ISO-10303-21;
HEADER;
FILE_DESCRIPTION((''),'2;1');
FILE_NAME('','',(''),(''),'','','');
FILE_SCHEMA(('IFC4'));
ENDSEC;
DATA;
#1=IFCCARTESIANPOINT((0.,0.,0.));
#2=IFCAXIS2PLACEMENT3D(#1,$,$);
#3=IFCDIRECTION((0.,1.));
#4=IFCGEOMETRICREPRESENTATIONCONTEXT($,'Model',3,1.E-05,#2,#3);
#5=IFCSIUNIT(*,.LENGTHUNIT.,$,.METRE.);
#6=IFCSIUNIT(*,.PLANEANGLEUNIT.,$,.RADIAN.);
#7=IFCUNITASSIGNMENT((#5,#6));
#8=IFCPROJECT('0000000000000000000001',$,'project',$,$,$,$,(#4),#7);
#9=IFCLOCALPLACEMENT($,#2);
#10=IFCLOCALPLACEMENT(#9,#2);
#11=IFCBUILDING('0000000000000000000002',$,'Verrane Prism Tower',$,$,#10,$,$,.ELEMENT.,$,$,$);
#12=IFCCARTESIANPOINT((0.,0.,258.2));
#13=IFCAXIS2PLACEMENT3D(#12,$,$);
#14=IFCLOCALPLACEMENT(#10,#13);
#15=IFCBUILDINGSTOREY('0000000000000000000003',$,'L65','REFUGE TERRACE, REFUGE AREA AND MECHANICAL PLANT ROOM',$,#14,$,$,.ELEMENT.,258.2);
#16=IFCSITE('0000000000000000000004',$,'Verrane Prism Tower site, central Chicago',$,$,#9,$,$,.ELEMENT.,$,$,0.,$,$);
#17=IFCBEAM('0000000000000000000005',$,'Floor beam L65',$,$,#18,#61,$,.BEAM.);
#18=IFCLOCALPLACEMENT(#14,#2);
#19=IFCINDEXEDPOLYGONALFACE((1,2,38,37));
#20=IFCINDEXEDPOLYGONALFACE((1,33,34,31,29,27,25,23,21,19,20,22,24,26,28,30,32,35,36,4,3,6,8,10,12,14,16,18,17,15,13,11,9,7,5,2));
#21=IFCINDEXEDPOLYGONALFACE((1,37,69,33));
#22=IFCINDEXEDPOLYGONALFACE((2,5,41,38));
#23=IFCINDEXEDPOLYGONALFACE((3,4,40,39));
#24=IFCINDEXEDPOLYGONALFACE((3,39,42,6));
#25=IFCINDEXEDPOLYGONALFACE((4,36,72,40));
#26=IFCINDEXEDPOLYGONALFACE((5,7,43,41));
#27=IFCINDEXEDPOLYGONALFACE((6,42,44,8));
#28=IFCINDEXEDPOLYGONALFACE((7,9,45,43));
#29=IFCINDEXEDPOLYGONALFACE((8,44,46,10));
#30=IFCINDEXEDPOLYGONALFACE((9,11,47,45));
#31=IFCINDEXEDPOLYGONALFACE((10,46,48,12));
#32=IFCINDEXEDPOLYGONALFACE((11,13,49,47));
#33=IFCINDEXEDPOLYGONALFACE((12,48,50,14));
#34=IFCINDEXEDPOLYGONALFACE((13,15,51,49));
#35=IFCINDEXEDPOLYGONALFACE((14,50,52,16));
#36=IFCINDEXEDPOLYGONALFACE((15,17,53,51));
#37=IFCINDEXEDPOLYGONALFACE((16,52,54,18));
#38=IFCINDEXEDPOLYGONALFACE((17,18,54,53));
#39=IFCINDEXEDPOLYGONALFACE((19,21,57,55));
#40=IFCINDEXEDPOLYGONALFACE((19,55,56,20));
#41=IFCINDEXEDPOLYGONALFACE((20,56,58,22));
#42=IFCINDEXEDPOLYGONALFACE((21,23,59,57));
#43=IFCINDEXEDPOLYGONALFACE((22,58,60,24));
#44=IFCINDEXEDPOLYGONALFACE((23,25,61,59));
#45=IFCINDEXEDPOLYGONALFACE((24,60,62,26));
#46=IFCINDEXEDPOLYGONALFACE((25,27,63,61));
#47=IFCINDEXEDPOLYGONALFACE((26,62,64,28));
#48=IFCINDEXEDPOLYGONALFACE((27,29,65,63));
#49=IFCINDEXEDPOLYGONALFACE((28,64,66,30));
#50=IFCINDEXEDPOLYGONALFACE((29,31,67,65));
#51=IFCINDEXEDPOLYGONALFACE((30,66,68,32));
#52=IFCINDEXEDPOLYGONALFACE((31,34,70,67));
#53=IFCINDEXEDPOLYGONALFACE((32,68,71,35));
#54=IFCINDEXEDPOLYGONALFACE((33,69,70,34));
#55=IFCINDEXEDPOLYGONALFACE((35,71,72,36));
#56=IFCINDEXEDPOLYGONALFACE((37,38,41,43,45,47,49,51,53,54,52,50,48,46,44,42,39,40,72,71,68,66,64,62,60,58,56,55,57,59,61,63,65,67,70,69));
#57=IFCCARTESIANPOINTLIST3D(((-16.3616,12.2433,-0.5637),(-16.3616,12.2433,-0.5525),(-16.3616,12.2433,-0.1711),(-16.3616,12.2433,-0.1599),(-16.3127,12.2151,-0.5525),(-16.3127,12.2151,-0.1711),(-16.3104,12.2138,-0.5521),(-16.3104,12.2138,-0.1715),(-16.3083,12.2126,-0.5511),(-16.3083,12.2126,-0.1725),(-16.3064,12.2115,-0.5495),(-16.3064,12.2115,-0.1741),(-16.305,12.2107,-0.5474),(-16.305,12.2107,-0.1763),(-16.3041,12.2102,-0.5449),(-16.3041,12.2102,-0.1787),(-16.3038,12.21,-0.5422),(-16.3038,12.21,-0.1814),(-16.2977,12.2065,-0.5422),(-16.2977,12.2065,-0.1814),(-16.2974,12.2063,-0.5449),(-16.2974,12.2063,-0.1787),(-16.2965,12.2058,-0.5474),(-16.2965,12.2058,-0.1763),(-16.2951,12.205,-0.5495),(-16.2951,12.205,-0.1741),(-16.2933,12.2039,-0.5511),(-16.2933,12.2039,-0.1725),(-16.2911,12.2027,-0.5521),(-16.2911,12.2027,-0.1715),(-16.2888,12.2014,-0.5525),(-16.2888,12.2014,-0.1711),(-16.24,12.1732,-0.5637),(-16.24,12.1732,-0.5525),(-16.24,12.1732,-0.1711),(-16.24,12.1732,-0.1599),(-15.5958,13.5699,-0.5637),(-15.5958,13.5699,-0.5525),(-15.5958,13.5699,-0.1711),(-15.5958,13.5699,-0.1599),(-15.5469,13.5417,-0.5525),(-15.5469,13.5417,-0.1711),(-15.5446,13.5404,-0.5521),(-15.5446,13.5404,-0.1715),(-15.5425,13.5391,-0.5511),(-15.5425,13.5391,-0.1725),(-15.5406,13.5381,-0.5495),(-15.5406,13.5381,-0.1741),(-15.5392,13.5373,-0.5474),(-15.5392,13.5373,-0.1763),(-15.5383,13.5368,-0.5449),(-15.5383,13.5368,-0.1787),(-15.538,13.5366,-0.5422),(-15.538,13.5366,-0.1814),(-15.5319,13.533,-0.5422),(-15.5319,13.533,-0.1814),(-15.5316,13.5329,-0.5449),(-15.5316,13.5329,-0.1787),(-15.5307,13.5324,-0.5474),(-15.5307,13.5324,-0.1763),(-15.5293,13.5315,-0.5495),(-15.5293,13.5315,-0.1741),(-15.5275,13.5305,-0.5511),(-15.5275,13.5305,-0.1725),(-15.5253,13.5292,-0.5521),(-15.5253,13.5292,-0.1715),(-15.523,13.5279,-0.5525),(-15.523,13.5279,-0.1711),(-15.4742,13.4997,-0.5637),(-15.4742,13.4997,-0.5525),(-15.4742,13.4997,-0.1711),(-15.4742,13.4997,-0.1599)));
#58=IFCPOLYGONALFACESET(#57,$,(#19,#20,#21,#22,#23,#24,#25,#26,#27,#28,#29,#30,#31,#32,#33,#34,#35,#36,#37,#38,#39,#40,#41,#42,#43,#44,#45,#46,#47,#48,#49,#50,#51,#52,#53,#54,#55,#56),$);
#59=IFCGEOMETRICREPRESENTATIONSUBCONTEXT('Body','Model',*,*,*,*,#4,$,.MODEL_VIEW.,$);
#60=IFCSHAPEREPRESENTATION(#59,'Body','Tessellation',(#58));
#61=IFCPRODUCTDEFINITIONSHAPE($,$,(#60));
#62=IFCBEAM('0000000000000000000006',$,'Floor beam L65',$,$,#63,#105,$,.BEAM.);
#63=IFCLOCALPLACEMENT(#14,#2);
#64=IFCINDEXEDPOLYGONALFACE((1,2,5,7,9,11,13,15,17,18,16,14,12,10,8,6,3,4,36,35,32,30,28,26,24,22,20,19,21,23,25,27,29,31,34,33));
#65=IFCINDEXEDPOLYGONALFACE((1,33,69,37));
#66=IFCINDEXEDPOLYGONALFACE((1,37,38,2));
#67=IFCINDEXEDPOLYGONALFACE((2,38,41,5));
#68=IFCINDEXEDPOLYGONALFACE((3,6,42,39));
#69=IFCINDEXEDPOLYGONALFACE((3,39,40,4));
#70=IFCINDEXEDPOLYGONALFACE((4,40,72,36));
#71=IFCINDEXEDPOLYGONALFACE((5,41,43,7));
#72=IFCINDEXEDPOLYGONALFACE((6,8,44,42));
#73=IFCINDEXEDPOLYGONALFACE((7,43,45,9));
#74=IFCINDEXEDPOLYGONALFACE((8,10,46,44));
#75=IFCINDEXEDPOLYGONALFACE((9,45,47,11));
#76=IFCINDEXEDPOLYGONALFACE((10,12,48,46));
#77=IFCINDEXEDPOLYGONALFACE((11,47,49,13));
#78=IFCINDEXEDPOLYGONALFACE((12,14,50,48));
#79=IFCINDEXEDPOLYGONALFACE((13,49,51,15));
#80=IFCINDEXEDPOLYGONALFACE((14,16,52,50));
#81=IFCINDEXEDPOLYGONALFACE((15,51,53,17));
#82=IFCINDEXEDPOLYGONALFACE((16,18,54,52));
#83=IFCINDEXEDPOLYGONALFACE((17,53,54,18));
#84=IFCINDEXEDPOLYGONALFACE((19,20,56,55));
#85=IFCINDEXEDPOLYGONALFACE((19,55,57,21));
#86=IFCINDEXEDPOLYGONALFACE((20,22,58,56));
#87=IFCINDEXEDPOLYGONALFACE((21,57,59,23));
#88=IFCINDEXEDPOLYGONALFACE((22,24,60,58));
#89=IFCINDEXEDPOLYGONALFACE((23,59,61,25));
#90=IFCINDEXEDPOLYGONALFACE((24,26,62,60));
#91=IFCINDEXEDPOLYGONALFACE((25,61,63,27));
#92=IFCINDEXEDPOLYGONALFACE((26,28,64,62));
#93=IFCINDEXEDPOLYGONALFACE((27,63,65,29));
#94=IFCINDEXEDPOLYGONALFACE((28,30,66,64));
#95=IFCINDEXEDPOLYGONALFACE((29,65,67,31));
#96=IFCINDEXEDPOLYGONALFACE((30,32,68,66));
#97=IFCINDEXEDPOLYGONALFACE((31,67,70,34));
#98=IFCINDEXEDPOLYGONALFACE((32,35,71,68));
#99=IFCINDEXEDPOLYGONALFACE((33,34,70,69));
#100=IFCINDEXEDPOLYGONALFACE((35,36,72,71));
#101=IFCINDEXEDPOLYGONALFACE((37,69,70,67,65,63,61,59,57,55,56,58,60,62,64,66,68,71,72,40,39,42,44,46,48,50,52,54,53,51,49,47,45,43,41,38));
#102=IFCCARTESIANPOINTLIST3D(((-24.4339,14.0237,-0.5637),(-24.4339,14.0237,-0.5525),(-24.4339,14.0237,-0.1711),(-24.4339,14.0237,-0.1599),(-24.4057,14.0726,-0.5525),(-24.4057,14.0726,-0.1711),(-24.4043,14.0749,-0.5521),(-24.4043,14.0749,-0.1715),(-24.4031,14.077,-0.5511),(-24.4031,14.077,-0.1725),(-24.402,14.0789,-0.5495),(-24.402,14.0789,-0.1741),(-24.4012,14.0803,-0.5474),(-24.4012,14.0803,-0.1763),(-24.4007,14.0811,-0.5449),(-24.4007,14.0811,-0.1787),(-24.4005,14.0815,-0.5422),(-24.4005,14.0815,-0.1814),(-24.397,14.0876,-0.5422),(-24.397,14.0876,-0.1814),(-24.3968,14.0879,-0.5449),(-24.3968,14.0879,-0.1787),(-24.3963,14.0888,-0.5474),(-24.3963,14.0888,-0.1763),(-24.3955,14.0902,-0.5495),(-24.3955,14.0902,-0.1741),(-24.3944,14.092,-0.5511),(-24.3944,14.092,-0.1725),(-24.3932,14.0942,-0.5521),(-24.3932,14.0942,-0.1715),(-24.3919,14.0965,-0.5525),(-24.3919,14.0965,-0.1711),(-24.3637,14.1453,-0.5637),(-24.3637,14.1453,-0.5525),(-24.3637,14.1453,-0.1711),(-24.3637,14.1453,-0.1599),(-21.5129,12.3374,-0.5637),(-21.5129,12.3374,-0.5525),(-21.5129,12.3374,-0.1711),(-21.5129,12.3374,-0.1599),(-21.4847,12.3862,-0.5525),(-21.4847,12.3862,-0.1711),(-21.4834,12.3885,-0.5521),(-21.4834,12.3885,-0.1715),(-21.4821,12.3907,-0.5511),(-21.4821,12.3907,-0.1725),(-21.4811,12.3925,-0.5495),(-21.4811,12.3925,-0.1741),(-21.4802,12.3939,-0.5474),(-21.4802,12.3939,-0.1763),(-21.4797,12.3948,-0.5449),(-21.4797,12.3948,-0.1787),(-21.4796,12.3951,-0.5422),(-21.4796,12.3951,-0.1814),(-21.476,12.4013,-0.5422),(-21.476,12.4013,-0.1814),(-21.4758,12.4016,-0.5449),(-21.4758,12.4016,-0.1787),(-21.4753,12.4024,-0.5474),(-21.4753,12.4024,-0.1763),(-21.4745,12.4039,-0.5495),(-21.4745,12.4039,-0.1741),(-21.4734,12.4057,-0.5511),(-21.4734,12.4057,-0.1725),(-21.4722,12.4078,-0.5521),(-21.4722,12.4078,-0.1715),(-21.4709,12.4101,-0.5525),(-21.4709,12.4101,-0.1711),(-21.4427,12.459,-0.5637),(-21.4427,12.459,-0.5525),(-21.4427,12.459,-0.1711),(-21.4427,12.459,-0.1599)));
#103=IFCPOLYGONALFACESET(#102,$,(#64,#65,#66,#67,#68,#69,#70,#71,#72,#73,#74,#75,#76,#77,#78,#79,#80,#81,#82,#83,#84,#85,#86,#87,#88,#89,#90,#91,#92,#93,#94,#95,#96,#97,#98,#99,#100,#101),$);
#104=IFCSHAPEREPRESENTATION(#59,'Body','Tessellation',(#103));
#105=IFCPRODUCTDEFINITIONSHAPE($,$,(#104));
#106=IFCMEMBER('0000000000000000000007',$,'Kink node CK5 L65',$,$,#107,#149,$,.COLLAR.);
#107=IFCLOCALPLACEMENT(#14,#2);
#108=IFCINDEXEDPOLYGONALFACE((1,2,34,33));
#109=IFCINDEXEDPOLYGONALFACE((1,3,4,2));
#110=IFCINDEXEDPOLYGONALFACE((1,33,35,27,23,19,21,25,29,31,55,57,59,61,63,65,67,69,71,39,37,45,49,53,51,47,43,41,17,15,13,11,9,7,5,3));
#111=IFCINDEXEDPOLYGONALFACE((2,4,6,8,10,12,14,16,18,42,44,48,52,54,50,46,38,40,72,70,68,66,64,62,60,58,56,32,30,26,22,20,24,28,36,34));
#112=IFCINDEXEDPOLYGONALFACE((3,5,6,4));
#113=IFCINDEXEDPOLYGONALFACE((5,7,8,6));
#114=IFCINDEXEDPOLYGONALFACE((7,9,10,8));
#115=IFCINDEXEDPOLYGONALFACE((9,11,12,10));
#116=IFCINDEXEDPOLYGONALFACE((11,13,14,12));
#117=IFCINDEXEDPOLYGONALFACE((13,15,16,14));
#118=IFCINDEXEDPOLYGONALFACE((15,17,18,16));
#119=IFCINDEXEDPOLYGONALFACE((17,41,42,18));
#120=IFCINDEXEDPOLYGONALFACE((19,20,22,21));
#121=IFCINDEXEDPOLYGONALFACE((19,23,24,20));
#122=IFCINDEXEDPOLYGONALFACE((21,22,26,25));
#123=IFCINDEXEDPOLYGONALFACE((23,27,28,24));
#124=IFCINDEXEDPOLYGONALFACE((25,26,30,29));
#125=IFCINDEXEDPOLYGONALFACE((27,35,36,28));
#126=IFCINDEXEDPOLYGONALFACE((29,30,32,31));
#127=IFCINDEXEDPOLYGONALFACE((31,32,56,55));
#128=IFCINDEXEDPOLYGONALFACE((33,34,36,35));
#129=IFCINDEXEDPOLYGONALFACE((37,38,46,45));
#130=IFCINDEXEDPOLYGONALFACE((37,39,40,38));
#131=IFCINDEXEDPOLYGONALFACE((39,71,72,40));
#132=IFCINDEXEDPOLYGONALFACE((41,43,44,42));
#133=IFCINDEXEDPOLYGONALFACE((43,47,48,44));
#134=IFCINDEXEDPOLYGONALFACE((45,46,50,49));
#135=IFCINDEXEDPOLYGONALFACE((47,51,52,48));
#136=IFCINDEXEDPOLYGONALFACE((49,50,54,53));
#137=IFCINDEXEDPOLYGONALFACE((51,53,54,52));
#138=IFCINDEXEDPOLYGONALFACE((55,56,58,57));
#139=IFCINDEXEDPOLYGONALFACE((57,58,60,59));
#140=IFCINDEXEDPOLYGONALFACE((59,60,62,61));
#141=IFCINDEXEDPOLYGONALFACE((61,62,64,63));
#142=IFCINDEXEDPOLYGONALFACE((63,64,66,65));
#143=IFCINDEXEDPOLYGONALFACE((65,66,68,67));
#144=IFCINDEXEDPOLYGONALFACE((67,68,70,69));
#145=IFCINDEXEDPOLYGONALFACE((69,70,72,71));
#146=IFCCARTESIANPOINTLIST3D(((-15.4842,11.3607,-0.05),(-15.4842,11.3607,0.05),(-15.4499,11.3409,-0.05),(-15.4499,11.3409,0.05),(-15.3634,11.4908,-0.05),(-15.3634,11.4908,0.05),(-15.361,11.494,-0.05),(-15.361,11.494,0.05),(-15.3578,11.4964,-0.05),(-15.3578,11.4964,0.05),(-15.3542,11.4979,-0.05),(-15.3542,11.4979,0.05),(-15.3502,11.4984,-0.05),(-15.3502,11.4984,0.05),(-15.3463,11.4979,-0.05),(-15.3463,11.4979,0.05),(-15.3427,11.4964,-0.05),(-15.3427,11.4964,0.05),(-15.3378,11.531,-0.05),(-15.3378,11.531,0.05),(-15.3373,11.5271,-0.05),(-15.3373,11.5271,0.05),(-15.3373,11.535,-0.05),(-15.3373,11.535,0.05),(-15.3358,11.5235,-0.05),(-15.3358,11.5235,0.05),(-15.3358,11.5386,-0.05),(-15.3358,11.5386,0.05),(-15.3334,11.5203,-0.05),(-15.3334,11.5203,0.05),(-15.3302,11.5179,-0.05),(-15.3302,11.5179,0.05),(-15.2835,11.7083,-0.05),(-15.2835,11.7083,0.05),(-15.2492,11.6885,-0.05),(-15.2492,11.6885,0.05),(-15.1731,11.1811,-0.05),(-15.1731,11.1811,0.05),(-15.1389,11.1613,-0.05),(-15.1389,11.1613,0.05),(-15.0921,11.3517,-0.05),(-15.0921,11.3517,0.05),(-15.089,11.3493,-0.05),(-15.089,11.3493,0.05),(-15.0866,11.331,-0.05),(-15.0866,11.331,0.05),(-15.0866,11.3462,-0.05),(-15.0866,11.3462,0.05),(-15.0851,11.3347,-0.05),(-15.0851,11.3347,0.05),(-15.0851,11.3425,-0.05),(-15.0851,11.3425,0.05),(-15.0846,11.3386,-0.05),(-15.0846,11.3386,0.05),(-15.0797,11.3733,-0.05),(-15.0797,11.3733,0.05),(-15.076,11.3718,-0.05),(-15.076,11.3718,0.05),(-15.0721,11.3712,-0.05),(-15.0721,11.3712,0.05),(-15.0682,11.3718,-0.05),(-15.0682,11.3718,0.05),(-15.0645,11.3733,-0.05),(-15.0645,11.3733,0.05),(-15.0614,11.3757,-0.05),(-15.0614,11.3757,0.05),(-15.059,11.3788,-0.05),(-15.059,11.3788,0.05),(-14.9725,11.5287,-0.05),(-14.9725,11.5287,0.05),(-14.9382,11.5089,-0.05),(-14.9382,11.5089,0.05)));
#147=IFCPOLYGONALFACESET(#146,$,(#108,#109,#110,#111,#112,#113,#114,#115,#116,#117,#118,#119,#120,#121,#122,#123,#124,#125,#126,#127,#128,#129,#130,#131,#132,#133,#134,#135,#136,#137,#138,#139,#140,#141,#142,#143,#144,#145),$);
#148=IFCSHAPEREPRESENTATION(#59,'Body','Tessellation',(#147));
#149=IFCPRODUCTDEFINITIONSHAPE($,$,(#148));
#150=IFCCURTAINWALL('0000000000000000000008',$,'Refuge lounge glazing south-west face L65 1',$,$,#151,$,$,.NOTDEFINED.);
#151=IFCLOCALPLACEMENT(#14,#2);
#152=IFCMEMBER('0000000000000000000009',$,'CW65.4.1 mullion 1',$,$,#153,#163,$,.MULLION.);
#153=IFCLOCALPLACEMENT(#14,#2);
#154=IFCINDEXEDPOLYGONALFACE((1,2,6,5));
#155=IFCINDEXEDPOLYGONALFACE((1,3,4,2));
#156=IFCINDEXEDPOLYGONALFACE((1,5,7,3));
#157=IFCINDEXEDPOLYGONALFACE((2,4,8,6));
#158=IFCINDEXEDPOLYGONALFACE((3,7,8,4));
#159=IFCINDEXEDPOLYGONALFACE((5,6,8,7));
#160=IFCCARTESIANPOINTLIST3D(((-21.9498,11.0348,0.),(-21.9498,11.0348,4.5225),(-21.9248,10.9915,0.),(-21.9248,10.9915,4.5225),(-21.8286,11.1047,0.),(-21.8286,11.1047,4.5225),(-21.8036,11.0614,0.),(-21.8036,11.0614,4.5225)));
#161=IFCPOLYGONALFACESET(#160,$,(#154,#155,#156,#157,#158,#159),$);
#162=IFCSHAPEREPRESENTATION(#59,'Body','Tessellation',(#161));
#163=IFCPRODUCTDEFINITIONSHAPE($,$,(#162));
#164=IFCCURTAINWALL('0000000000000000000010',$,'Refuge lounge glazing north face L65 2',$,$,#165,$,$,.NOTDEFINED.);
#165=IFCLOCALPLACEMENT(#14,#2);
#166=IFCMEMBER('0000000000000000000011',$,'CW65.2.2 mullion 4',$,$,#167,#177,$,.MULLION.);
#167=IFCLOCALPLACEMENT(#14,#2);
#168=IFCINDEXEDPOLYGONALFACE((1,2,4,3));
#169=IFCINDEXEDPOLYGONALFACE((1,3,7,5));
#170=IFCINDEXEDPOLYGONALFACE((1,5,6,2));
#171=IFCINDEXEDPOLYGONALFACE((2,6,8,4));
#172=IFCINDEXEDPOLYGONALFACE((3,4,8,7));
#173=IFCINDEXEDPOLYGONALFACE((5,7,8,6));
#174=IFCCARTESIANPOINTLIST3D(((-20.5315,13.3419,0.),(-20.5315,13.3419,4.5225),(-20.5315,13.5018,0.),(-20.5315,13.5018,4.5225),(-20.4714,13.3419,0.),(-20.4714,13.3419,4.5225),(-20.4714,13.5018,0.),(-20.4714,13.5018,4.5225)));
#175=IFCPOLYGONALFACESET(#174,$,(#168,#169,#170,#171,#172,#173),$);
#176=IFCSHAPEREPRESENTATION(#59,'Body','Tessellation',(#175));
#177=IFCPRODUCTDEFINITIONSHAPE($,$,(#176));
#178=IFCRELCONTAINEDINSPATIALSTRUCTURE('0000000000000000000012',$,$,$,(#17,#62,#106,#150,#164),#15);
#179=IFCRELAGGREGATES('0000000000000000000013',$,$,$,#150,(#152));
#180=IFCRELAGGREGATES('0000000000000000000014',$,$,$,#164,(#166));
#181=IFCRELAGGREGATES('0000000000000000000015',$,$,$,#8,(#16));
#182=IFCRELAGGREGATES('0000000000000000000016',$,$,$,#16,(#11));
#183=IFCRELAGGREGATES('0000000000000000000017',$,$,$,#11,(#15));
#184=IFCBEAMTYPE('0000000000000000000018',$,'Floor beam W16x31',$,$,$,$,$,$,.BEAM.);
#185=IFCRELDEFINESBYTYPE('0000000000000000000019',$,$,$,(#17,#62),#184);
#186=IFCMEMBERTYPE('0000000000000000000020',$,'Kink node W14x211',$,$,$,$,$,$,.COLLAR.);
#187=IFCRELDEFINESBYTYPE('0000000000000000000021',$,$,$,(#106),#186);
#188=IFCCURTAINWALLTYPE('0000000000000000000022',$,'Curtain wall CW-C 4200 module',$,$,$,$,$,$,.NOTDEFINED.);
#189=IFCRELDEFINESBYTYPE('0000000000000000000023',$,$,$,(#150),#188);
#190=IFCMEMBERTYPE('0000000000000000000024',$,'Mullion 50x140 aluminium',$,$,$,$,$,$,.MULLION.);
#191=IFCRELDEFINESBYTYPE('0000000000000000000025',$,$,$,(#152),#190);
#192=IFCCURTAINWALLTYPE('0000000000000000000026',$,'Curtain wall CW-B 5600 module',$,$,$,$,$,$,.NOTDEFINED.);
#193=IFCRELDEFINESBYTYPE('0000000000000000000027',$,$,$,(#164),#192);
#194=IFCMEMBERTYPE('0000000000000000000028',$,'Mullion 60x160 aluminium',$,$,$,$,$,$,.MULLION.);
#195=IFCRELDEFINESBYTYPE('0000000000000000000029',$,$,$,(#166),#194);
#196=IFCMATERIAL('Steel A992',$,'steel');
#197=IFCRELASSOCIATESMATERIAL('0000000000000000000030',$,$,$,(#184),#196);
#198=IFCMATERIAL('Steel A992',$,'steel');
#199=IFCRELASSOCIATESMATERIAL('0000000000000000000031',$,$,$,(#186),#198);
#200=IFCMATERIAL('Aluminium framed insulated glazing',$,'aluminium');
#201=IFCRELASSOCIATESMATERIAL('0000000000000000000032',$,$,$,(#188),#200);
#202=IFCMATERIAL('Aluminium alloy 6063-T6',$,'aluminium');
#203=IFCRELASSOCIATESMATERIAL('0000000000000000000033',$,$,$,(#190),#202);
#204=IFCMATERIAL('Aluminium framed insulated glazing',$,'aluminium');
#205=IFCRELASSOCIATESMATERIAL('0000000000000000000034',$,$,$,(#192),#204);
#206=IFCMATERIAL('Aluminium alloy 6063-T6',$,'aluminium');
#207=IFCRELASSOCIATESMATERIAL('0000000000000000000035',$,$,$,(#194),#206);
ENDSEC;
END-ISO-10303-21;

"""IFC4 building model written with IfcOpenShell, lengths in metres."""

from ifc_helpers import new_model, si_unit, direction, frame, origin, origin_2d, place, context, subcontext, project, spatial, rectangle, i_section, extrude, material, material_profile, profile_set, type_object, element, aggregate, save


model = new_model("IFC4")

# Units and contexts
model_context = context("Model", 3, precision=1e-05, world=origin(), true_north=direction((0.0, 1.0)))
body_context = subcontext(model_context, "Body", "Model", "MODEL_VIEW")
ifc_project = project(units=[si_unit("LENGTHUNIT", "METRE"), si_unit("PLANEANGLEUNIT", "RADIAN")], contexts=[model_context])

# Site, building, storey
site_placement = place(None, origin())
site = spatial("IfcSite", under=ifc_project, at=site_placement, Name="Verrane Prism Tower site, central Chicago", CompositionType="ELEMENT", RefElevation=0.0)
building_placement = place(site_placement, origin())
building = spatial("IfcBuilding", under=site, at=building_placement, Name="Verrane Prism Tower", CompositionType="ELEMENT")
storey_placement = place(building_placement, frame((0.0, 0.0, 258.2)))
storey = spatial("IfcBuildingStorey", under=building, at=storey_placement, Name="L65", Description="REFUGE TERRACE, REFUGE AREA AND MECHANICAL PLANT ROOM", CompositionType="ELEMENT", Elevation=258.2)

# Beams
ifc_material_1 = material(Name="Steel A992", Category="steel")
ifc_material_profile_1 = material_profile(ifc_material_1, i_section(OverallWidth=0.1404, OverallDepth=0.4038, WebThickness=0.0071, FlangeThickness=0.0112, FilletRadius=0.0103, at=origin_2d()), Name="W16x31")
ifc_profile_set_1 = profile_set([ifc_material_profile_1], Name="Steel A992")
beam_type_1 = type_object("IfcBeamType", Name="Floor beam W16x31", PredefinedType="BEAM", material=ifc_profile_set_1)
beam_1_placement = place(storey_placement, frame((-16.3008, 12.2083, -0.3618), z_axis=(0.499962, 0.866048, 0.0), x_axis=(-0.866048, 0.499962, 0.0)))
element("IfcBeam", 1, at=beam_1_placement, inside=storey, type_object=beam_type_1, Name="Floor beam L65", PredefinedType="BEAM", context=body_context, shape_type="SweptSolid", body=[
    extrude(i_section(OverallWidth=0.1404, OverallDepth=0.4038, WebThickness=0.0071, FlangeThickness=0.0112, FilletRadius=0.0103, at=origin_2d()), origin(), (0.0, 0.0, 1.0), 1.5317),
])
beam_2_placement = place(storey_placement, frame((-21.4778, 12.3982, -0.3618), z_axis=(-0.866039, 0.499977, 0.0), x_axis=(-0.499977, -0.866039, 0.0)))
element("IfcBeam", 2, at=beam_2_placement, inside=storey, type_object=beam_type_1, Name="Floor beam L65", PredefinedType="BEAM", context=body_context, shape_type="SweptSolid", body=[
    extrude(i_section(OverallWidth=0.1404, OverallDepth=0.4038, WebThickness=0.0071, FlangeThickness=0.0112, FilletRadius=0.0103, at=origin_2d()), origin(), (0.0, 0.0, 1.0), 3.3728),
])

# Member
ifc_material_2 = material(Name="Steel A992", Category="steel")
ifc_material_profile_2 = material_profile(ifc_material_2, i_section(OverallWidth=0.4014, OverallDepth=0.3987, WebThickness=0.0249, FlangeThickness=0.0396, FilletRadius=0.0151, at=origin_2d()), Name="W14x211")
ifc_profile_set_2 = profile_set([ifc_material_profile_2], Name="Steel A992")
member_type_1 = type_object("IfcMemberType", Name="Kink node W14x211", PredefinedType="COLLAR", material=ifc_profile_set_2)
member_1_placement = place(storey_placement, frame((-15.2112, 11.4348, -0.05), z_axis=(0.0, 0.0, 1.0), x_axis=(0.5, 0.866025, 0.0)))
element("IfcMember", 3, at=member_1_placement, inside=storey, type_object=member_type_1, Name="Kink node CK5 L65", PredefinedType="COLLAR", context=body_context, shape_type="SweptSolid", body=[
    extrude(i_section(OverallWidth=0.4014, OverallDepth=0.3987, WebThickness=0.0249, FlangeThickness=0.0396, FilletRadius=0.0151, at=origin_2d()), origin(), (0.0, 0.0, 1.0), 0.1001),
])

# Curtain walls, members
ifc_material_3 = material(Name="Aluminium framed insulated glazing", Category="aluminium")
curtain_wall_type_1 = type_object("IfcCurtainWallType", Name="Curtain wall CW-C 4200 module", PredefinedType="NOTDEFINED", material=ifc_material_3)
curtain_wall_1_placement = place(storey_placement, origin())
curtain_wall_1 = element("IfcCurtainWall", 4, at=curtain_wall_1_placement, inside=storey, type_object=curtain_wall_type_1, Name="Refuge lounge glazing south-west face L65 1", PredefinedType="NOTDEFINED")
ifc_material_4 = material(Name="Aluminium alloy 6063-T6", Category="aluminium")
ifc_material_profile_3 = material_profile(ifc_material_4, rectangle(XDim=0.1399, YDim=0.05, at=origin_2d()), Name="Mullion 50x140 aluminium")
ifc_profile_set_3 = profile_set([ifc_material_profile_3], Name="Aluminium alloy 6063-T6")
member_type_2 = type_object("IfcMemberType", Name="Mullion 50x140 aluminium", PredefinedType="MULLION", material=ifc_profile_set_3)
member_2_placement = place(storey_placement, frame((-21.8767, 11.0481, 0.0), z_axis=(0.0, 0.0, 1.0), x_axis=(0.866027, 0.499997, 0.0)))
member_2 = element("IfcMember", 5, at=member_2_placement, type_object=member_type_2, Name="CW65.4.1 mullion 1", PredefinedType="MULLION", context=body_context, shape_type="SweptSolid", body=[
    extrude(rectangle(XDim=0.1399, YDim=0.05, at=origin_2d()), origin(), (0.0, 0.0, 1.0), 4.5225),
])
ifc_material_5 = material(Name="Aluminium framed insulated glazing", Category="aluminium")
curtain_wall_type_2 = type_object("IfcCurtainWallType", Name="Curtain wall CW-B 5600 module", PredefinedType="NOTDEFINED", material=ifc_material_5)
curtain_wall_2_placement = place(storey_placement, origin())
curtain_wall_2 = element("IfcCurtainWall", 6, at=curtain_wall_2_placement, inside=storey, type_object=curtain_wall_type_2, Name="Refuge lounge glazing north face L65 2", PredefinedType="NOTDEFINED")
ifc_material_6 = material(Name="Aluminium alloy 6063-T6", Category="aluminium")
ifc_material_profile_4 = material_profile(ifc_material_6, rectangle(XDim=0.1599, YDim=0.0601, at=origin_2d()), Name="Mullion 60x160 aluminium")
ifc_profile_set_4 = profile_set([ifc_material_profile_4], Name="Aluminium alloy 6063-T6")
member_type_3 = type_object("IfcMemberType", Name="Mullion 60x160 aluminium", PredefinedType="MULLION", material=ifc_profile_set_4)
member_3_placement = place(storey_placement, frame((-20.5015, 13.4219, 0.0), z_axis=(0.0, 0.0, 1.0), x_axis=(0.0, -1.0, 0.0)))
member_3 = element("IfcMember", 7, at=member_3_placement, type_object=member_type_3, Name="CW65.2.2 mullion 4", PredefinedType="MULLION", context=body_context, shape_type="SweptSolid", body=[
    extrude(rectangle(XDim=0.1599, YDim=0.0601, at=origin_2d()), origin(), (0.0, 0.0, 1.0), 4.5225),
])

aggregate(curtain_wall_1, [member_2])

aggregate(curtain_wall_2, [member_3])

save(model, "model.ifc")
